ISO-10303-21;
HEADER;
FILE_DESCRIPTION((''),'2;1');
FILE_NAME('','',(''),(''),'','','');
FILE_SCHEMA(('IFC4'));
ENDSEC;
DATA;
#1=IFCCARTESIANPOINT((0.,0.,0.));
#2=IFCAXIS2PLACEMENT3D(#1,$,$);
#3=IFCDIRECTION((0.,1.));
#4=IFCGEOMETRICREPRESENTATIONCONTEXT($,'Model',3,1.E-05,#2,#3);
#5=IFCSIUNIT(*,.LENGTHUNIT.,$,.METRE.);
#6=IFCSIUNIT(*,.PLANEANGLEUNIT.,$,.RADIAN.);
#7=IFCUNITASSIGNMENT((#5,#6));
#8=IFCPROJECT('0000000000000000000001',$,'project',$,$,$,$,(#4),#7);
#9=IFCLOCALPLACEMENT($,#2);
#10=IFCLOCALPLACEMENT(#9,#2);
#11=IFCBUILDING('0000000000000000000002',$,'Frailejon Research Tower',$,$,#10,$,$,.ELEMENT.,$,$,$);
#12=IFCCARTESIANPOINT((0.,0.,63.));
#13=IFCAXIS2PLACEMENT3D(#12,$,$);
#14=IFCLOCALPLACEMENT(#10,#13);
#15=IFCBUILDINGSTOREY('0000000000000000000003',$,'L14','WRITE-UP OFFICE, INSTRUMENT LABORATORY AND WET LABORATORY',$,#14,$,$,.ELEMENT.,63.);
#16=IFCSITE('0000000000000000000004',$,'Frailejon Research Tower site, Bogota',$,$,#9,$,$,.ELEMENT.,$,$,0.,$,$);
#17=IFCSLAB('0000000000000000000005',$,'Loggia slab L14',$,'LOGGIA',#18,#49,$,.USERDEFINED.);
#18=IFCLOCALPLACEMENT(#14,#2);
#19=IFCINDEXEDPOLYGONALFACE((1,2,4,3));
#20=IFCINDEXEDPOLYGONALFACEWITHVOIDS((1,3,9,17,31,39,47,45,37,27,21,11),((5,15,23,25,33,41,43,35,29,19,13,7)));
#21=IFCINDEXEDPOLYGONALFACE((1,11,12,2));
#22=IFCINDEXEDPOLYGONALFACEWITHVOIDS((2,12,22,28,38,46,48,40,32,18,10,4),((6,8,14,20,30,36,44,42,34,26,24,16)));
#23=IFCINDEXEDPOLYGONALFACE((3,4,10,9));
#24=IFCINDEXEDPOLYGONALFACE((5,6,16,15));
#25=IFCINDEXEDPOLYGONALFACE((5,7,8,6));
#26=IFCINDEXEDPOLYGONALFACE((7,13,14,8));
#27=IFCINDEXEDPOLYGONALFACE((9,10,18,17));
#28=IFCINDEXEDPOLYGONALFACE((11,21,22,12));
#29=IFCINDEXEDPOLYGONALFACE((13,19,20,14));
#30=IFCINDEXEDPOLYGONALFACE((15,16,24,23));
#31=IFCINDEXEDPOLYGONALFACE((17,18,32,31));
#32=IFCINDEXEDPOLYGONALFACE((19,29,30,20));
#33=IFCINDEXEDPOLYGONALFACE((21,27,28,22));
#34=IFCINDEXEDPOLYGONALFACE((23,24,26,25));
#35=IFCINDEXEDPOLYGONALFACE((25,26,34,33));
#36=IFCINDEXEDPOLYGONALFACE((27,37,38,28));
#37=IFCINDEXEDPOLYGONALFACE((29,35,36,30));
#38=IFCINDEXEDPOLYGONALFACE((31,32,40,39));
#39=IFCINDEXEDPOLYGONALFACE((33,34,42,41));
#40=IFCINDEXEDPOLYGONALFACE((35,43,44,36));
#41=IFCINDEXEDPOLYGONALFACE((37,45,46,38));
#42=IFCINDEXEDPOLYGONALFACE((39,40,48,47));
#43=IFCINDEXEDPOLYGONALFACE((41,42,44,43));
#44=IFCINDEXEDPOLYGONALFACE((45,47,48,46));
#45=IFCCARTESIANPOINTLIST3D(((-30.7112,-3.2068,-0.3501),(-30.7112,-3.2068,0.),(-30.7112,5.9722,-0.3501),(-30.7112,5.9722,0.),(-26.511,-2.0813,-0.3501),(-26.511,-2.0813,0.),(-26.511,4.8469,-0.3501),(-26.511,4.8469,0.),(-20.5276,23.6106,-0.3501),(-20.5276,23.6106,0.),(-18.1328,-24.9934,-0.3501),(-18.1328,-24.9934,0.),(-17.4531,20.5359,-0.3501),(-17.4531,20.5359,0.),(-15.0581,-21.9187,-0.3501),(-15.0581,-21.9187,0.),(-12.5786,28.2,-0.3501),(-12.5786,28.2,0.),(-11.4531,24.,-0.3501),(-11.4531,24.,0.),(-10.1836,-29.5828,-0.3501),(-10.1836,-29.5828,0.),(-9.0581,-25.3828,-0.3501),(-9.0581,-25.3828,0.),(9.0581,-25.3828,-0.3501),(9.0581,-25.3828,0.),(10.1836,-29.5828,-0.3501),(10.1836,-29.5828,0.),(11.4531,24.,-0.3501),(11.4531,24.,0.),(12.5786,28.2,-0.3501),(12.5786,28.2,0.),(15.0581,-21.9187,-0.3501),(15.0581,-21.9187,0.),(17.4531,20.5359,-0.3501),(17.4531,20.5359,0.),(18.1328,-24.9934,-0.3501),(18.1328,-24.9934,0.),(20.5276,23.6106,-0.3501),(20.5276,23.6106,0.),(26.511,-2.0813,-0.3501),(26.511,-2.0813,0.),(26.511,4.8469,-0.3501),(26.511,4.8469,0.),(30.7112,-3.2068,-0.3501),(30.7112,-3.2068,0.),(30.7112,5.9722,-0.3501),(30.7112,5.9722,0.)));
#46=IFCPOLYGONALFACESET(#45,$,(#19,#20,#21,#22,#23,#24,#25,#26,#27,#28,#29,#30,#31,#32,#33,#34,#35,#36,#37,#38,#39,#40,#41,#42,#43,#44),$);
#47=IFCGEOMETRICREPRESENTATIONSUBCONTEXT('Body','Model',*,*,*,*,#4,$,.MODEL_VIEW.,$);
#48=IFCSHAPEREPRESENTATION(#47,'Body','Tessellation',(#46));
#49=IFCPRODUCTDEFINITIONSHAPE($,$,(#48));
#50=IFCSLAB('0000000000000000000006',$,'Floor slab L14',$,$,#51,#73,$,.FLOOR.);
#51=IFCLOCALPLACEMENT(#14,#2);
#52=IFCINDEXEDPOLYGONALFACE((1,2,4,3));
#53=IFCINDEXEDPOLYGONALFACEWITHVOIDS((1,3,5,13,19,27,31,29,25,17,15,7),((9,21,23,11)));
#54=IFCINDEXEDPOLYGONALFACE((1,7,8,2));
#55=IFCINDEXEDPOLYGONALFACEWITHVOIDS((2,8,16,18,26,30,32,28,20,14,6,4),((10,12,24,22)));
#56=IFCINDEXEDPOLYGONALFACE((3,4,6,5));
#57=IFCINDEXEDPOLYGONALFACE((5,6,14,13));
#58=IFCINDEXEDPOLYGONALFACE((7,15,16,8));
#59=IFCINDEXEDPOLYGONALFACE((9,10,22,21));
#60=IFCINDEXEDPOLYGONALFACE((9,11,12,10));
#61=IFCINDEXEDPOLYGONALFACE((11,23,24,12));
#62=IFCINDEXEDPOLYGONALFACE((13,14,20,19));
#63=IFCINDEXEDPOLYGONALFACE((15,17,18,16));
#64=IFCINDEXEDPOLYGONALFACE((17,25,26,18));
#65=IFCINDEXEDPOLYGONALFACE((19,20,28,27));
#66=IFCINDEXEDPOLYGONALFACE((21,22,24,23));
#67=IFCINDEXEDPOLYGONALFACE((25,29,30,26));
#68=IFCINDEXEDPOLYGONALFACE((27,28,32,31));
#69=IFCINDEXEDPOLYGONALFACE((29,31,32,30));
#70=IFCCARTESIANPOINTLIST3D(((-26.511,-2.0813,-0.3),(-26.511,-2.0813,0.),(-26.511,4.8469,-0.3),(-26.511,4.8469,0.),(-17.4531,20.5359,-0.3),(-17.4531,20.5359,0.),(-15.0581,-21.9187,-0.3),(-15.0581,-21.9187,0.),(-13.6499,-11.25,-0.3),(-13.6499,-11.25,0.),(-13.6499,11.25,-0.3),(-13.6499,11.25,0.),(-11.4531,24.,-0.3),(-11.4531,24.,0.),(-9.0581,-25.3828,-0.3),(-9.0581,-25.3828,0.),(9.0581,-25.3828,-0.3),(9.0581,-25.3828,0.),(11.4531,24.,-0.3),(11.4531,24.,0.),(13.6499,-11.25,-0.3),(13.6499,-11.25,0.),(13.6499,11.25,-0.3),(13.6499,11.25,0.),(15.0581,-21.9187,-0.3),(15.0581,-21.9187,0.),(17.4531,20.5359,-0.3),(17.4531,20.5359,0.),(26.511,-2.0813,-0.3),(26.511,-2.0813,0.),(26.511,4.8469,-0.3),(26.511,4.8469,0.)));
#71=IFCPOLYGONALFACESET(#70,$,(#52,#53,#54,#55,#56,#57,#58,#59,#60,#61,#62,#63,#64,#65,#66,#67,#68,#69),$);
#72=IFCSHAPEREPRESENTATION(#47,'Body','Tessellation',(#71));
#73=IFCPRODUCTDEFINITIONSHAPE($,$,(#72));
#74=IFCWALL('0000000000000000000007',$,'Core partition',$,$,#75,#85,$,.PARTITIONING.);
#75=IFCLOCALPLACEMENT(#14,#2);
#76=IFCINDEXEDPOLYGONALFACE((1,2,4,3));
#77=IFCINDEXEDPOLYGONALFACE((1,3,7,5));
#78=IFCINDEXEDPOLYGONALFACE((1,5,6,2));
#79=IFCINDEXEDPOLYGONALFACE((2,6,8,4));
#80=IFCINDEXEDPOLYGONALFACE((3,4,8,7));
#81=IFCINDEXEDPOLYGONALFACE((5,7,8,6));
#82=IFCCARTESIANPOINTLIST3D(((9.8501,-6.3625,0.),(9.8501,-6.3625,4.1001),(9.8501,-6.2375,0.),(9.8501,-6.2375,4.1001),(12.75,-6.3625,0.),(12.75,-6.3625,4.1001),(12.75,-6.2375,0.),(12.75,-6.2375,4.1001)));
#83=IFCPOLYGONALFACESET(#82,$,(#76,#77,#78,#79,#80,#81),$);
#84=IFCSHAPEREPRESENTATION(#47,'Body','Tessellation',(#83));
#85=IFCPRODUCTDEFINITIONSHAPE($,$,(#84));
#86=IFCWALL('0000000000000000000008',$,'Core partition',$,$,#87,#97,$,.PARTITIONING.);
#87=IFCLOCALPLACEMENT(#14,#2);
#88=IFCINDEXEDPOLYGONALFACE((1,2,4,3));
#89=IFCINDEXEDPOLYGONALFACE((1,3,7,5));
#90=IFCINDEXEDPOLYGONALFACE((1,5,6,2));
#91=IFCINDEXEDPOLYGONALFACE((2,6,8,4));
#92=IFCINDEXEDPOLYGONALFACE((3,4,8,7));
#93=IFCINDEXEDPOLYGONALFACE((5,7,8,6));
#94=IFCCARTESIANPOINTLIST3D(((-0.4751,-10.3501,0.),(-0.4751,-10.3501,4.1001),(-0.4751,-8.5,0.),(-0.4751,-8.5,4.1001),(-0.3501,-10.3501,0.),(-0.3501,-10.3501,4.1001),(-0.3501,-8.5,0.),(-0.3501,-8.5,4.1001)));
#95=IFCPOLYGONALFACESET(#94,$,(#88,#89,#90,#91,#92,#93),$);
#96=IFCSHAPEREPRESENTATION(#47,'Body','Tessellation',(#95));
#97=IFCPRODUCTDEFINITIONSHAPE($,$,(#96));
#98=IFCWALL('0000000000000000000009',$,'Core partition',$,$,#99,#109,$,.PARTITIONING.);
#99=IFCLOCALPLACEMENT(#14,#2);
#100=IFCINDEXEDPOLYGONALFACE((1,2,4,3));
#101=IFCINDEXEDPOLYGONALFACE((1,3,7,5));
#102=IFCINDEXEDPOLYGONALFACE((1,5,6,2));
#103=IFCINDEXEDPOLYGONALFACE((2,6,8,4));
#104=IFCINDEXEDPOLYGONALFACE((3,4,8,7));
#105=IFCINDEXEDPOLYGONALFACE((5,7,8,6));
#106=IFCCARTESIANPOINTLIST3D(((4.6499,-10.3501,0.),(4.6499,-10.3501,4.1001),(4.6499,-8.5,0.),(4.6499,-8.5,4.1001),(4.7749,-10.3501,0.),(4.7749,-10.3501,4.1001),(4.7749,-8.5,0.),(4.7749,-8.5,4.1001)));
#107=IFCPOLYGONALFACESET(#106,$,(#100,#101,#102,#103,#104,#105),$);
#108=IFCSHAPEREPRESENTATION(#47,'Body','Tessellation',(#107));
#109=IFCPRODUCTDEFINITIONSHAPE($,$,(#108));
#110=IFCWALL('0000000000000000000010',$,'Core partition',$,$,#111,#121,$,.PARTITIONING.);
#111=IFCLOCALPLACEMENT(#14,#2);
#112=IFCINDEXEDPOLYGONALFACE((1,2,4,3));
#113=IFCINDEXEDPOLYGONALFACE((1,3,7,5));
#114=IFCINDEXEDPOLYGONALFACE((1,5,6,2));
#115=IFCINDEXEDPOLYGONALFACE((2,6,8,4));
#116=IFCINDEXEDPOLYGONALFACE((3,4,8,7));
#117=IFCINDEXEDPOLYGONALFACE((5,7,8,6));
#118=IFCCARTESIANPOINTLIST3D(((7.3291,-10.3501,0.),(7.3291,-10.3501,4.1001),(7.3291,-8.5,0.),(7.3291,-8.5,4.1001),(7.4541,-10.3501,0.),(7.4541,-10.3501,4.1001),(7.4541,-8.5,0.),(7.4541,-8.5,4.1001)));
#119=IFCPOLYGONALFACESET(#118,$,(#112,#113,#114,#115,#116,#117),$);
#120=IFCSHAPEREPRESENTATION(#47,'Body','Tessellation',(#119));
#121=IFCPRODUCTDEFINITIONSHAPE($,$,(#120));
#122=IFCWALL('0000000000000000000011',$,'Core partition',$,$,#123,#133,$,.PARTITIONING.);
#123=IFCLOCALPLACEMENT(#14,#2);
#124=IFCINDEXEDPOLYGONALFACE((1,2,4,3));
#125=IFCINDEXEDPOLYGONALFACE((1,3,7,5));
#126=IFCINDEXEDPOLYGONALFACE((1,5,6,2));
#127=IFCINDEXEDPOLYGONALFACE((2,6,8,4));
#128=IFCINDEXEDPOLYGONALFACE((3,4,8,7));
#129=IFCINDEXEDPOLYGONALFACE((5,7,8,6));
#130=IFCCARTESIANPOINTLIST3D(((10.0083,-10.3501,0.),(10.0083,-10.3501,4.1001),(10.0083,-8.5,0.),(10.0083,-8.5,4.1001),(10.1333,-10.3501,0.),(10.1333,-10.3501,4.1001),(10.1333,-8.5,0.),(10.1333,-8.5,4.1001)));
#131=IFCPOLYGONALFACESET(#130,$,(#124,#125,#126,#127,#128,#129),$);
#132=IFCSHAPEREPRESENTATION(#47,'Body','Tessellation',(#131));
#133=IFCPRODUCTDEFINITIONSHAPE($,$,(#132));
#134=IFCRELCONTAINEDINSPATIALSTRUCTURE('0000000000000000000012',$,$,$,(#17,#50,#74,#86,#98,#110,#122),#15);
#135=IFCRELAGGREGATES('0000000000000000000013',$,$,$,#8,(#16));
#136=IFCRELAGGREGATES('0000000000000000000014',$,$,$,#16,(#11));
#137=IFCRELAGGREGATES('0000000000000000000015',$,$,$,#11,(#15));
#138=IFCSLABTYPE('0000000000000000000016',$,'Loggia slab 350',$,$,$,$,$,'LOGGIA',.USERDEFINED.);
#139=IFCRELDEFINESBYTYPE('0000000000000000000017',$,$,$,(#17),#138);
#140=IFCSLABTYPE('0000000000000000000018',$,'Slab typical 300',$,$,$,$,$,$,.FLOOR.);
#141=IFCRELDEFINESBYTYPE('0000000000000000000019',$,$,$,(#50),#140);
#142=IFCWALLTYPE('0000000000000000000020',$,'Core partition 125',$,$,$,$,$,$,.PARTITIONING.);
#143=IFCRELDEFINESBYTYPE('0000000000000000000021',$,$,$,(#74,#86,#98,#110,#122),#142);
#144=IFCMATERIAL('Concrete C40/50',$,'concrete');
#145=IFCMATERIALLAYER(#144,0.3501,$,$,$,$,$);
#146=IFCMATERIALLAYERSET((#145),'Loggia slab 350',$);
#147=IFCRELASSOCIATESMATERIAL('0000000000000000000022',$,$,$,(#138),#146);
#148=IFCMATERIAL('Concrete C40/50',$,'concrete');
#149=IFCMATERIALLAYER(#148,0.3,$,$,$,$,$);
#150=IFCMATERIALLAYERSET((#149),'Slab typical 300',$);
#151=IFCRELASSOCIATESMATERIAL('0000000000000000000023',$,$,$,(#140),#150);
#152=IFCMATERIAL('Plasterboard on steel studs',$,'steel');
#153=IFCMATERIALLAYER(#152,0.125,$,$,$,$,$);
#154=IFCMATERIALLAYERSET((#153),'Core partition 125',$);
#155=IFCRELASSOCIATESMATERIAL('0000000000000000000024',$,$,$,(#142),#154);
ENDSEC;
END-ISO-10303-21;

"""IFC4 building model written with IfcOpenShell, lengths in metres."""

from ifc_helpers import new_model, si_unit, direction, frame, frame_2d, origin, place, context, subcontext, project, spatial, polyline, rectangle, outline, extrude, material, layer, layer_set, type_object, element, save


model = new_model("IFC4")

# Units and contexts
model_context = context("Model", 3, precision=1e-05, world=origin(), true_north=direction((0.0, 1.0)))
body_context = subcontext(model_context, "Body", "Model", "MODEL_VIEW")
ifc_project = project(units=[si_unit("LENGTHUNIT", "METRE"), si_unit("PLANEANGLEUNIT", "RADIAN")], contexts=[model_context])

# Site, building, storey
site_placement = place(None, origin())
site = spatial("IfcSite", under=ifc_project, at=site_placement, Name="Frailejon Research Tower site, Bogota", CompositionType="ELEMENT", RefElevation=0.0)
building_placement = place(site_placement, origin())
building = spatial("IfcBuilding", under=site, at=building_placement, Name="Frailejon Research Tower", CompositionType="ELEMENT")
storey_placement = place(building_placement, frame((0.0, 0.0, 63.0)))
storey = spatial("IfcBuildingStorey", under=building, at=storey_placement, Name="L14", Description="WRITE-UP OFFICE, INSTRUMENT LABORATORY AND WET LABORATORY", CompositionType="ELEMENT", Elevation=63.0)

# Slabs
ifc_material_1 = material(Name="Concrete C40/50", Category="concrete")
ifc_layer_1 = layer(ifc_material_1, 0.3501)
ifc_layer_set_1 = layer_set([ifc_layer_1], Name="Loggia slab 350")
slab_type_1 = type_object("IfcSlabType", Name="Loggia slab 350", ElementType="LOGGIA", PredefinedType="USERDEFINED", material=ifc_layer_set_1)
slab_1_placement = place(storey_placement, frame((0.0, 0.0, -0.3501)))
element("IfcSlab", 1, at=slab_1_placement, inside=storey, type_object=slab_type_1, Name="Loggia slab L14", ObjectType="LOGGIA", PredefinedType="USERDEFINED", context=body_context, shape_type="SweptSolid", body=[
    extrude(outline(polyline([(18.1328, -24.9934), (10.1836, -29.5828), (-10.1836, -29.5828), (-18.1328, -24.9934), (-30.7112, -3.2068), (-30.7112, 5.9722), (-20.5276, 23.6106), (-12.5786, 28.2), (12.5786, 28.2), (20.5276, 23.6106), (30.7112, 5.9722), (30.7112, -3.2068), (18.1328, -24.9934)]), holes=[polyline([(26.511, 4.8469), (17.4531, 20.5359), (11.4531, 24.0), (-11.4531, 24.0), (-17.4531, 20.5359), (-26.511, 4.8469), (-26.511, -2.0813), (-15.0581, -21.9187), (-9.0581, -25.3828), (9.0581, -25.3828), (15.0581, -21.9187), (26.511, -2.0813), (26.511, 4.8469)])]), origin(), (0.0, 0.0, 1.0), 0.3501),
])
ifc_material_2 = material(Name="Concrete C40/50", Category="concrete")
ifc_layer_2 = layer(ifc_material_2, 0.3)
ifc_layer_set_2 = layer_set([ifc_layer_2], Name="Slab typical 300")
slab_type_2 = type_object("IfcSlabType", Name="Slab typical 300", PredefinedType="FLOOR", material=ifc_layer_set_2)
slab_2_placement = place(storey_placement, frame((0.0, 0.0, -0.3)))
element("IfcSlab", 2, at=slab_2_placement, inside=storey, type_object=slab_type_2, Name="Floor slab L14", PredefinedType="FLOOR", context=body_context, shape_type="SweptSolid", body=[
    extrude(outline(polyline([(26.511, -2.0813), (26.511, 4.8469), (17.4531, 20.5359), (11.4531, 24.0), (-11.4531, 24.0), (-17.4531, 20.5359), (-26.511, 4.8469), (-26.511, -2.0813), (-15.0581, -21.9187), (-9.0581, -25.3828), (9.0581, -25.3828), (15.0581, -21.9187), (26.511, -2.0813)]), holes=[polyline([(13.6499, -11.25), (-13.6499, -11.25), (-13.6499, 11.25), (13.6499, 11.25), (13.6499, -11.25)])]), origin(), (0.0, 0.0, 1.0), 0.3),
])

# Walls
ifc_material_3 = material(Name="Plasterboard on steel studs", Category="steel")
ifc_layer_3 = layer(ifc_material_3, 0.125)
ifc_layer_set_3 = layer_set([ifc_layer_3], Name="Core partition 125")
wall_type_1 = type_object("IfcWallType", Name="Core partition 125", PredefinedType="PARTITIONING", material=ifc_layer_set_3)
wall_1_placement = place(storey_placement, frame((9.8501, -6.3, 0.0), z_axis=(0.0, 0.0, 1.0), x_axis=(1.0, 0.0, 0.0)))
element("IfcWall", 3, at=wall_1_placement, inside=storey, type_object=wall_type_1, Name="Core partition", PredefinedType="PARTITIONING", context=body_context, shape_type="SweptSolid", body=[
    extrude(rectangle(XDim=2.8999, YDim=0.125, at=frame_2d((1.45, 0.0))), origin(), (0.0, 0.0, 1.0), 4.1001),
])
for number, where, z_axis, x_axis, name in (
    (4, (-0.4126, -10.3501, 0.0), (0.0, 0.0, 1.0), (0.0, 1.0, 0.0), "Core partition"),
    (5, (4.7124, -10.3501, 0.0), (0.0, 0.0, 1.0), (0.0, 1.0, 0.0), "Core partition"),
    (6, (7.3916, -10.3501, 0.0), (0.0, 0.0, 1.0), (0.0, 1.0, 0.0), "Core partition"),
    (7, (10.0708, -10.3501, 0.0), (0.0, 0.0, 1.0), (0.0, 1.0, 0.0), "Core partition"),
):
    element("IfcWall", number, at=place(storey_placement, frame(where, z_axis=z_axis, x_axis=x_axis)), inside=storey, type_object=wall_type_1, Name=name, PredefinedType="PARTITIONING", context=body_context, shape_type="SweptSolid", body=[
        extrude(rectangle(XDim=1.8501, YDim=0.125, at=frame_2d((0.925, 0.0))), origin(), (0.0, 0.0, 1.0), 4.1001),
    ])

save(model, "model.ifc")
